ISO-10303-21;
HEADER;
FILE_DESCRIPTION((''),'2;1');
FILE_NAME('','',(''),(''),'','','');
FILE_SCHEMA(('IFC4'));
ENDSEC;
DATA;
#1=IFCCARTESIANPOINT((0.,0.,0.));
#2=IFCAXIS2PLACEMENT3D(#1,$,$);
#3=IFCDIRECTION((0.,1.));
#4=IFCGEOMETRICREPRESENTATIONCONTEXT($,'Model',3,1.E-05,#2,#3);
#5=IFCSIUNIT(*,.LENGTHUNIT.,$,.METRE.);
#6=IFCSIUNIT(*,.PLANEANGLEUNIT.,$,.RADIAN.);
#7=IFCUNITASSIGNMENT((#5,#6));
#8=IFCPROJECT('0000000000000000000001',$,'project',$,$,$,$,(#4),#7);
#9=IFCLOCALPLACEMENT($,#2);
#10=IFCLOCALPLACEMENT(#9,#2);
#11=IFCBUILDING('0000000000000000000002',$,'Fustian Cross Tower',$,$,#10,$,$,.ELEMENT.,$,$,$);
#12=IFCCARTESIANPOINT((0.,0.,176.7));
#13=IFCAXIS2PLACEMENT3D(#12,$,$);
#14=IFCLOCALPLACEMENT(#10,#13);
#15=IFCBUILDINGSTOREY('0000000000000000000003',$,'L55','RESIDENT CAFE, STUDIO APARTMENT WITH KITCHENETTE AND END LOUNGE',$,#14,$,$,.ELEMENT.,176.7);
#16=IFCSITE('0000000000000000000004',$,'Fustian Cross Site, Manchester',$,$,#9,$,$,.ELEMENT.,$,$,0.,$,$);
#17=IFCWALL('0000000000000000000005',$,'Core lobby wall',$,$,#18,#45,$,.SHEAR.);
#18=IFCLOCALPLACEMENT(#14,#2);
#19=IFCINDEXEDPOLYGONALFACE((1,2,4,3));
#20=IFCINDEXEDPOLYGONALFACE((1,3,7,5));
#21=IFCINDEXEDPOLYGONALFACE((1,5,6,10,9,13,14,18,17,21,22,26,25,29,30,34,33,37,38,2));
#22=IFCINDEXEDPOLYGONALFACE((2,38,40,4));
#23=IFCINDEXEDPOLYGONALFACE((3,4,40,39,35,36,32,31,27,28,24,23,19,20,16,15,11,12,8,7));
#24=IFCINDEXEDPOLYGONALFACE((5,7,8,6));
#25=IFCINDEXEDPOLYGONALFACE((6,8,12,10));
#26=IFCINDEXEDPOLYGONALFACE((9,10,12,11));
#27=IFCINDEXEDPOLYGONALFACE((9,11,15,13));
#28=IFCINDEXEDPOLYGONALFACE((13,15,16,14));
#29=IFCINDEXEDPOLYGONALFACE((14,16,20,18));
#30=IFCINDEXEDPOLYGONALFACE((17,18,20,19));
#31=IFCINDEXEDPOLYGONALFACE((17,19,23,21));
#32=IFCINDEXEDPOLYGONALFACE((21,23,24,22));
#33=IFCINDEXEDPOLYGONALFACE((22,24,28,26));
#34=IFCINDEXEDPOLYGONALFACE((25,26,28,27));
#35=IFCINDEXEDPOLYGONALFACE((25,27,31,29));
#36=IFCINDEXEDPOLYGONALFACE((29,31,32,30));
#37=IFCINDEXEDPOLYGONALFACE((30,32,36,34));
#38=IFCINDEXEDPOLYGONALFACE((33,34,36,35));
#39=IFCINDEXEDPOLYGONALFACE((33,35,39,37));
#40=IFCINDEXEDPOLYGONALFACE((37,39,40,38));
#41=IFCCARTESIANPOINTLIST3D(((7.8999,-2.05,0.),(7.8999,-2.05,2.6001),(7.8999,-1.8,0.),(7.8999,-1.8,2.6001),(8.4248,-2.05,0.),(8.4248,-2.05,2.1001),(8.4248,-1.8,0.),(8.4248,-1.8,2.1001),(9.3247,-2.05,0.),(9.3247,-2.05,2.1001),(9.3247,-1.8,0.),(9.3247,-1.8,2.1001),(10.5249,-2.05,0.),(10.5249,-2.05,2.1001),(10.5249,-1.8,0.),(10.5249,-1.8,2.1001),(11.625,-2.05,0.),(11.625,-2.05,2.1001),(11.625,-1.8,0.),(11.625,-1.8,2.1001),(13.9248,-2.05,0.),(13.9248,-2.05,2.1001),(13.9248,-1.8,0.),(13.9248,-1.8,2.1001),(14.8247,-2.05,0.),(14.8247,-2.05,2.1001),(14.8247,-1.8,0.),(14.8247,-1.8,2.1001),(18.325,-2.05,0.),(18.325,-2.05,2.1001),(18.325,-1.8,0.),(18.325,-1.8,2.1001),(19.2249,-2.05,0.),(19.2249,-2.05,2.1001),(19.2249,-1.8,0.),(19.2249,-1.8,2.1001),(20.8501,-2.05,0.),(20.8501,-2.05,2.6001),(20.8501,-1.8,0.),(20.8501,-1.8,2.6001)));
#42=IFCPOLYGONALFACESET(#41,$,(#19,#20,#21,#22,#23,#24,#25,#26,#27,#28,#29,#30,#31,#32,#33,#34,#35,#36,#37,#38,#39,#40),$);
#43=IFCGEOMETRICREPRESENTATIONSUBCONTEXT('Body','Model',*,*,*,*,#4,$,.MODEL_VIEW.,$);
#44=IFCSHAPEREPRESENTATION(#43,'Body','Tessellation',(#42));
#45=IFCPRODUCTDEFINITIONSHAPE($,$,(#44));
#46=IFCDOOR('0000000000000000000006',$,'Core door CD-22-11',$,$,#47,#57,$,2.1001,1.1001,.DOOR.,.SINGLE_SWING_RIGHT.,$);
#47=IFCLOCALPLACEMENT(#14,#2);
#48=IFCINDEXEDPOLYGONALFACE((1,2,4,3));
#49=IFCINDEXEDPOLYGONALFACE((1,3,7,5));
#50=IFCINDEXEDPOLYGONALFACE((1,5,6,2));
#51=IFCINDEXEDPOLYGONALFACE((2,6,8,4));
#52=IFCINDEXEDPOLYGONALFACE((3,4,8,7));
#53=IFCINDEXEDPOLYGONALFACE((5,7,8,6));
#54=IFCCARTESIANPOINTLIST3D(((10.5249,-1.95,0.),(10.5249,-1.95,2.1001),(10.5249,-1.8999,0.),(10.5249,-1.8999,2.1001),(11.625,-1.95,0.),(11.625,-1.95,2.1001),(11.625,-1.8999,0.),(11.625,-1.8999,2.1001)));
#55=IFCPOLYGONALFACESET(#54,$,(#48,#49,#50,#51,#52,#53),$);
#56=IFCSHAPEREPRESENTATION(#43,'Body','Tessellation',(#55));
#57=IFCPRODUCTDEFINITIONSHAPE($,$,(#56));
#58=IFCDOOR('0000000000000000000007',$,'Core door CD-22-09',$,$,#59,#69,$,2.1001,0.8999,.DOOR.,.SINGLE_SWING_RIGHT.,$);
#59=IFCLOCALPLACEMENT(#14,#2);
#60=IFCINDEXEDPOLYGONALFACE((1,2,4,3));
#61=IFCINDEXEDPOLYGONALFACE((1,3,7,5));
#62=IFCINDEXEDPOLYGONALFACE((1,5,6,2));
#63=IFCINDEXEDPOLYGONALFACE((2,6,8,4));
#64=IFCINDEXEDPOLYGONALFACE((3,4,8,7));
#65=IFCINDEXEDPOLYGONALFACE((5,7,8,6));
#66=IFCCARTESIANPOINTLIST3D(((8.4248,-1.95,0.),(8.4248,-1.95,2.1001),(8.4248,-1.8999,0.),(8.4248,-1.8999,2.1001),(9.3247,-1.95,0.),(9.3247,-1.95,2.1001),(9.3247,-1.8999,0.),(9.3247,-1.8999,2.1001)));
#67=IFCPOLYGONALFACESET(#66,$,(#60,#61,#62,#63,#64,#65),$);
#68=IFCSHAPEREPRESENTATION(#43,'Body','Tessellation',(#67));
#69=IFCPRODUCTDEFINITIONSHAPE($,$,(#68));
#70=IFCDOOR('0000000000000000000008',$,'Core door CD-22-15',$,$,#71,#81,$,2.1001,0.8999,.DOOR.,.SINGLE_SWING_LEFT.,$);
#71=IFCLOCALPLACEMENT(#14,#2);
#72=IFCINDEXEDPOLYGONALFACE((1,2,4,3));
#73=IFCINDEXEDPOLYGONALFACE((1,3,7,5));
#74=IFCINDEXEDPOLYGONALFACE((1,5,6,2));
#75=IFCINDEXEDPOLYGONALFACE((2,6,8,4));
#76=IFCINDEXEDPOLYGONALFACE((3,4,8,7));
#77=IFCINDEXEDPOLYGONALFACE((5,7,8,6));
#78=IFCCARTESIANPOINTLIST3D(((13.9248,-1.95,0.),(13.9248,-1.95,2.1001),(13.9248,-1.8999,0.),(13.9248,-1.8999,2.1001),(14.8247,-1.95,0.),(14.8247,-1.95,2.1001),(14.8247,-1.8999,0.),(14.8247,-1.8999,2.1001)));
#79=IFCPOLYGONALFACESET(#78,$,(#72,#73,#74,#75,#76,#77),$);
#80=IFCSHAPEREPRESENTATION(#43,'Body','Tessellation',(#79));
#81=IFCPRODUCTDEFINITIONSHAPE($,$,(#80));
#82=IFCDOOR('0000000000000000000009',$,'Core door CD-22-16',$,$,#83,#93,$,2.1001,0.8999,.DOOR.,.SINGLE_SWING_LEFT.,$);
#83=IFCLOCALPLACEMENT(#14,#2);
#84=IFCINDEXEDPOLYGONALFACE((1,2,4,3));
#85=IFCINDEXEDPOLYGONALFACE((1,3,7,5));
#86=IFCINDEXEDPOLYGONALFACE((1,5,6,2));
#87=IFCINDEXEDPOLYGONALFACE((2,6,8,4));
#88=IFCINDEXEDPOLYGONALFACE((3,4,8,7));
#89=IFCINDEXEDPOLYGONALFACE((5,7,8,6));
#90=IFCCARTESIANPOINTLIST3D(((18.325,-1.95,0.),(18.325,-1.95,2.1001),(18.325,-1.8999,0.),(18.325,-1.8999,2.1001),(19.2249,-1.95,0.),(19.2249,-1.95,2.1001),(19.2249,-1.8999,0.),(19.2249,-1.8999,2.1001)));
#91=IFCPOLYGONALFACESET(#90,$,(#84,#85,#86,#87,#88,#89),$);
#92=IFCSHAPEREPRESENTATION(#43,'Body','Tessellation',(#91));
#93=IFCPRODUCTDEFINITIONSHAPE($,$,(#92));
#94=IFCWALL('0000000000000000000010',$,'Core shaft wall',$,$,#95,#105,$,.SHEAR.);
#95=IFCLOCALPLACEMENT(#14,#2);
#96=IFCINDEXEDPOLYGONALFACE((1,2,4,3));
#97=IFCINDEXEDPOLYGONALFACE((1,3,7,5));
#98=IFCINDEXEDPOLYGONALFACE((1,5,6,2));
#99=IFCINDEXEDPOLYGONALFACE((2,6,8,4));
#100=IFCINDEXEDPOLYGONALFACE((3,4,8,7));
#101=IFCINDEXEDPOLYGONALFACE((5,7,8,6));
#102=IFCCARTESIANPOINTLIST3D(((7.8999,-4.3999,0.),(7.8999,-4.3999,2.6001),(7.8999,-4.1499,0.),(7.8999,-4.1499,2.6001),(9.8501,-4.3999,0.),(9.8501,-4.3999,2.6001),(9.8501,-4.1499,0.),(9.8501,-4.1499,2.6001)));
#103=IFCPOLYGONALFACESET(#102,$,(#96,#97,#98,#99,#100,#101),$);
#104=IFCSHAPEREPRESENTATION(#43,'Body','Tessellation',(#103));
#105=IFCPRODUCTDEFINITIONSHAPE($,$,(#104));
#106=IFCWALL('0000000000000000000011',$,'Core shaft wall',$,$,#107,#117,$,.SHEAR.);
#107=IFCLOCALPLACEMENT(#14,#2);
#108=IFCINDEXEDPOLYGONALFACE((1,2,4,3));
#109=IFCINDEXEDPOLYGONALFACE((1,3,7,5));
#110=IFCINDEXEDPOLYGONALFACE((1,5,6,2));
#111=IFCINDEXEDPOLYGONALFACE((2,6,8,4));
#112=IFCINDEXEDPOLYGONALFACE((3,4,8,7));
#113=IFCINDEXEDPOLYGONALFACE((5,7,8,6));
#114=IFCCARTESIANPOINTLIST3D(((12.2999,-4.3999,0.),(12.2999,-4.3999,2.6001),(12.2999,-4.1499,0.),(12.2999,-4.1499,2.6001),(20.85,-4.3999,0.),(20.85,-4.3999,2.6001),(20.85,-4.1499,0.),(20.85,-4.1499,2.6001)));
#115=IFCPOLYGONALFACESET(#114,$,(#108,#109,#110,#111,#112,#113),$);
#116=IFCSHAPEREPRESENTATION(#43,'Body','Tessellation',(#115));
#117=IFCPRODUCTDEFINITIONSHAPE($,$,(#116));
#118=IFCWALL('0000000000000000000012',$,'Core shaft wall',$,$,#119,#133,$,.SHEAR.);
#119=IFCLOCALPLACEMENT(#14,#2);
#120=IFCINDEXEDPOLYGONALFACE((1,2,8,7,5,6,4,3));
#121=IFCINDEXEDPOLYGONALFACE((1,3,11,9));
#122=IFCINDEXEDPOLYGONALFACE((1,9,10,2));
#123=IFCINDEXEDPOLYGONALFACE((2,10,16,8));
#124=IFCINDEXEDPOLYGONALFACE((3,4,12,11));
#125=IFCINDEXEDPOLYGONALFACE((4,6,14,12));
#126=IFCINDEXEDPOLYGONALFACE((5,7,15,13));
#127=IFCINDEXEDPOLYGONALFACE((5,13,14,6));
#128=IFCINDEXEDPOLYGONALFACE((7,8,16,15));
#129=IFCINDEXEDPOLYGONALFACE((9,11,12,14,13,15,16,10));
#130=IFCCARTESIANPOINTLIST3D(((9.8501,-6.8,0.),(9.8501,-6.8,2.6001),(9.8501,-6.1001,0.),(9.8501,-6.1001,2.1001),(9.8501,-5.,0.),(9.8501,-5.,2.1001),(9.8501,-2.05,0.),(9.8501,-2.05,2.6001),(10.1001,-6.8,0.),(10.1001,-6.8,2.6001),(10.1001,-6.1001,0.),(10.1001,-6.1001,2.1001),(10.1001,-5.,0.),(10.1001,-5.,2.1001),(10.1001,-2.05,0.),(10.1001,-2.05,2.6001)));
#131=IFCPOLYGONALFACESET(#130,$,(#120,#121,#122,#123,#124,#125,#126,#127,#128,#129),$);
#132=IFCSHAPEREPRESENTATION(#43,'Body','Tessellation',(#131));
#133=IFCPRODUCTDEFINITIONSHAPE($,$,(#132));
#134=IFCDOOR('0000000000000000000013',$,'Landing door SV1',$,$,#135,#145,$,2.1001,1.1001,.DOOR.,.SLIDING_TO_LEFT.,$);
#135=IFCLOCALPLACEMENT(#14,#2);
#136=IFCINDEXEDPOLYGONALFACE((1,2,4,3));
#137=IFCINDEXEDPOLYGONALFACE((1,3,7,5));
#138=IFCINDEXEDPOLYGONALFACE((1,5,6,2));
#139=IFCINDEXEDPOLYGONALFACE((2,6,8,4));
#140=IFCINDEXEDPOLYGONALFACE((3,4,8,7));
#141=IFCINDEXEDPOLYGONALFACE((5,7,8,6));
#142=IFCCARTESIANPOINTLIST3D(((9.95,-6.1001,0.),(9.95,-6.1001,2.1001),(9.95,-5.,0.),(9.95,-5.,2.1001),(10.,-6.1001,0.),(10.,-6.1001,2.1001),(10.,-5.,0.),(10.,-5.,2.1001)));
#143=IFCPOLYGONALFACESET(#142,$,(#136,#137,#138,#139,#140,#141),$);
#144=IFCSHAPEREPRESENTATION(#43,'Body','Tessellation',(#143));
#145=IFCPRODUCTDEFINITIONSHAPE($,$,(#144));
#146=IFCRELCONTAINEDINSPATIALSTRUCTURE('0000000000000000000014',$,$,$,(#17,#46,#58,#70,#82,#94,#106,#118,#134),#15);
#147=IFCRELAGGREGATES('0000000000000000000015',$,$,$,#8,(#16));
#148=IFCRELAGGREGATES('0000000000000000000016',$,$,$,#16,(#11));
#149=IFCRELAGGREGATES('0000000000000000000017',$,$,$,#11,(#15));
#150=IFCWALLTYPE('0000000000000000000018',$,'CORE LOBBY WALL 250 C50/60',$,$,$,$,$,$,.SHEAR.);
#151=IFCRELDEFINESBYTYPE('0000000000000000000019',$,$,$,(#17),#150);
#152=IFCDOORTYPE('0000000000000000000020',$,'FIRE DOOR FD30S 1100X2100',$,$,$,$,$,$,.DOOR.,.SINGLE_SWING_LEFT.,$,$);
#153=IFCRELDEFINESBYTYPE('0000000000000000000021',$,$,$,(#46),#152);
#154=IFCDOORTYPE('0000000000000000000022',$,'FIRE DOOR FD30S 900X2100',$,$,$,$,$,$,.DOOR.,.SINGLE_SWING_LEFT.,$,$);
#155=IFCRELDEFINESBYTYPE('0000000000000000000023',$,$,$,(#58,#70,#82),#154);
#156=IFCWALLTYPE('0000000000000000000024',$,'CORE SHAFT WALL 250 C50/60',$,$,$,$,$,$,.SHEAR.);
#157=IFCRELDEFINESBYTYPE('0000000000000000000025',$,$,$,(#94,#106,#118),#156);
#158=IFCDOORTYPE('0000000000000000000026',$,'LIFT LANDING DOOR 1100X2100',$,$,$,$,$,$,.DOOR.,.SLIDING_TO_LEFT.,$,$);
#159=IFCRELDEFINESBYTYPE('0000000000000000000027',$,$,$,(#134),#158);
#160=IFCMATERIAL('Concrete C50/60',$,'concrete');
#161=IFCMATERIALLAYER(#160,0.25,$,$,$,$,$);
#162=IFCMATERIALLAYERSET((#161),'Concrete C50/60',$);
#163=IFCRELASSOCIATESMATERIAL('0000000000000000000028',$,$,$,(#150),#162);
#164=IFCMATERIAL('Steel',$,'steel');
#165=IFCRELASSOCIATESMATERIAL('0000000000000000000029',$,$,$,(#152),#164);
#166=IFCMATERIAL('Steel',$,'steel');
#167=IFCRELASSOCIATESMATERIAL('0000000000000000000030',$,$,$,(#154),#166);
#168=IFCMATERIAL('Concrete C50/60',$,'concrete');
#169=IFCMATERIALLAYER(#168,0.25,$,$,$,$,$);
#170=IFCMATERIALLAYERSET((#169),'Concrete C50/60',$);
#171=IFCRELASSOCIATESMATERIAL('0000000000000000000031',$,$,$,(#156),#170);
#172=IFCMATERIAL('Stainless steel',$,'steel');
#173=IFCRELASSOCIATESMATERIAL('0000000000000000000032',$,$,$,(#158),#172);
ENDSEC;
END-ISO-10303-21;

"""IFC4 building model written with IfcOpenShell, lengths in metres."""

from ifc_helpers import new_model, si_unit, direction, frame, frame_2d, origin, place, context, subcontext, project, spatial, rectangle, extrude, material, layer, layer_set, type_object, element, fill, save


model = new_model("IFC4")

# Units and contexts
model_context = context("Model", 3, precision=1e-05, world=origin(), true_north=direction((0.0, 1.0)))
body_context = subcontext(model_context, "Body", "Model", "MODEL_VIEW")
ifc_project = project(units=[si_unit("LENGTHUNIT", "METRE"), si_unit("PLANEANGLEUNIT", "RADIAN")], contexts=[model_context])

# Site, building, storey
site_placement = place(None, origin())
site = spatial("IfcSite", under=ifc_project, at=site_placement, Name="Fustian Cross Site, Manchester", CompositionType="ELEMENT", RefElevation=0.0)
building_placement = place(site_placement, origin())
building = spatial("IfcBuilding", under=site, at=building_placement, Name="Fustian Cross Tower", CompositionType="ELEMENT")
storey_placement = place(building_placement, frame((0.0, 0.0, 176.7)))
storey = spatial("IfcBuildingStorey", under=building, at=storey_placement, Name="L55", Description="RESIDENT CAFE, STUDIO APARTMENT WITH KITCHENETTE AND END LOUNGE", CompositionType="ELEMENT", Elevation=176.7)

# Wall, openings, doors
ifc_material_1 = material(Name="Concrete C50/60", Category="concrete")
ifc_layer_1 = layer(ifc_material_1, 0.25)
ifc_layer_set_1 = layer_set([ifc_layer_1], Name="Concrete C50/60")
wall_type_1 = type_object("IfcWallType", Name="CORE LOBBY WALL 250 C50/60", PredefinedType="SHEAR", material=ifc_layer_set_1)
wall_1_placement = place(storey_placement, frame((7.8999, -1.925, 0.0), z_axis=(0.0, 0.0, 1.0), x_axis=(1.0, 0.0, 0.0)))
wall_1 = element("IfcWall", 1, at=wall_1_placement, inside=storey, type_object=wall_type_1, Name="Core lobby wall", PredefinedType="SHEAR", context=body_context, shape_type="SweptSolid", body=[
    extrude(rectangle(XDim=12.9502, YDim=0.25, at=frame_2d((6.4751, 0.0))), origin(), (0.0, 0.0, 1.0), 2.6001),
])
opening_1_placement = place(wall_1_placement, frame((0.5249, 0.0, 0.0)))
opening_1 = element("IfcOpeningElement", 2, at=opening_1_placement, cuts=wall_1, PredefinedType="OPENING", context=body_context, shape_type="SweptSolid", body=[
    extrude(rectangle(XDim=0.8999, YDim=2.1001, at=frame_2d((0.45, 1.05))), frame((0.0, 0.135, 0.0), z_axis=(0.0, -1.0, 0.0), x_axis=(1.0, 0.0, 0.0)), (0.0, 0.0, 1.0), 0.27),
])
opening_2_placement = place(wall_1_placement, frame((2.625, 0.0, 0.0)))
opening_2 = element("IfcOpeningElement", 3, at=opening_2_placement, cuts=wall_1, PredefinedType="OPENING", context=body_context, shape_type="SweptSolid", body=[
    extrude(rectangle(XDim=1.1001, YDim=2.1001, at=frame_2d((0.55, 1.05))), frame((0.0, 0.135, 0.0), z_axis=(0.0, -1.0, 0.0), x_axis=(1.0, 0.0, 0.0)), (0.0, 0.0, 1.0), 0.27),
])
opening_3_placement = place(wall_1_placement, frame((6.0249, 0.0, 0.0)))
opening_3 = element("IfcOpeningElement", 4, at=opening_3_placement, cuts=wall_1, PredefinedType="OPENING", context=body_context, shape_type="SweptSolid", body=[
    extrude(rectangle(XDim=0.8999, YDim=2.1001, at=frame_2d((0.45, 1.05))), frame((0.0, 0.135, 0.0), z_axis=(0.0, -1.0, 0.0), x_axis=(1.0, 0.0, 0.0)), (0.0, 0.0, 1.0), 0.27),
])
opening_4_placement = place(wall_1_placement, frame((10.425, 0.0, 0.0)))
opening_4 = element("IfcOpeningElement", 5, at=opening_4_placement, cuts=wall_1, PredefinedType="OPENING", context=body_context, shape_type="SweptSolid", body=[
    extrude(rectangle(XDim=0.8999, YDim=2.1001, at=frame_2d((0.45, 1.05))), frame((0.0, 0.135, 0.0), z_axis=(0.0, -1.0, 0.0), x_axis=(1.0, 0.0, 0.0)), (0.0, 0.0, 1.0), 0.27),
])
ifc_material_2 = material(Name="Steel", Category="steel")
door_type_1 = type_object("IfcDoorType", Name="FIRE DOOR FD30S 1100X2100", OperationType="SINGLE_SWING_LEFT", PredefinedType="DOOR", material=ifc_material_2)
door_1_placement = place(opening_2_placement, frame((1.1001, 0.0, 0.0), z_axis=(0.0, 0.0, 1.0), x_axis=(-1.0, 0.0, 0.0)))
door_1 = element("IfcDoor", 6, at=door_1_placement, inside=storey, type_object=door_type_1, Name="Core door CD-22-11", OperationType="SINGLE_SWING_RIGHT", OverallHeight=2.1001, OverallWidth=1.1001, PredefinedType="DOOR", context=body_context, shape_type="SweptSolid", body=[
    extrude(rectangle(XDim=1.1001, YDim=2.1001, at=frame_2d((0.55, 1.05))), frame((0.0, 0.0249, 0.0), z_axis=(0.0, -1.0, 0.0), x_axis=(1.0, 0.0, 0.0)), (0.0, 0.0, 1.0), 0.05),
])
fill(opening_2, door_1)
ifc_material_3 = material(Name="Steel", Category="steel")
door_type_2 = type_object("IfcDoorType", Name="FIRE DOOR FD30S 900X2100", OperationType="SINGLE_SWING_LEFT", PredefinedType="DOOR", material=ifc_material_3)
door_2_placement = place(opening_1_placement, frame((0.8999, 0.0, 0.0), z_axis=(0.0, 0.0, 1.0), x_axis=(-1.0, 0.0, 0.0)))
door_2 = element("IfcDoor", 7, at=door_2_placement, inside=storey, type_object=door_type_2, Name="Core door CD-22-09", OperationType="SINGLE_SWING_RIGHT", OverallHeight=2.1001, OverallWidth=0.8999, PredefinedType="DOOR", context=body_context, shape_type="SweptSolid", body=[
    extrude(rectangle(XDim=0.8999, YDim=2.1001, at=frame_2d((0.45, 1.05))), frame((0.0, 0.0249, 0.0), z_axis=(0.0, -1.0, 0.0), x_axis=(1.0, 0.0, 0.0)), (0.0, 0.0, 1.0), 0.05),
])
fill(opening_1, door_2)
door_3_placement = place(opening_3_placement, frame((0.8999, 0.0, 0.0), z_axis=(0.0, 0.0, 1.0), x_axis=(-1.0, 0.0, 0.0)))
door_3 = element("IfcDoor", 8, at=door_3_placement, inside=storey, type_object=door_type_2, Name="Core door CD-22-15", OperationType="SINGLE_SWING_LEFT", OverallHeight=2.1001, OverallWidth=0.8999, PredefinedType="DOOR", context=body_context, shape_type="SweptSolid", body=[
    extrude(rectangle(XDim=0.8999, YDim=2.1001, at=frame_2d((0.45, 1.05))), frame((0.0, 0.0249, 0.0), z_axis=(0.0, -1.0, 0.0), x_axis=(1.0, 0.0, 0.0)), (0.0, 0.0, 1.0), 0.05),
])
fill(opening_3, door_3)
door_4_placement = place(opening_4_placement, frame((0.8999, 0.0, 0.0), z_axis=(0.0, 0.0, 1.0), x_axis=(-1.0, 0.0, 0.0)))
door_4 = element("IfcDoor", 9, at=door_4_placement, inside=storey, type_object=door_type_2, Name="Core door CD-22-16", OperationType="SINGLE_SWING_LEFT", OverallHeight=2.1001, OverallWidth=0.8999, PredefinedType="DOOR", context=body_context, shape_type="SweptSolid", body=[
    extrude(rectangle(XDim=0.8999, YDim=2.1001, at=frame_2d((0.45, 1.05))), frame((0.0, 0.0249, 0.0), z_axis=(0.0, -1.0, 0.0), x_axis=(1.0, 0.0, 0.0)), (0.0, 0.0, 1.0), 0.05),
])
fill(opening_4, door_4)

# Walls
ifc_material_4 = material(Name="Concrete C50/60", Category="concrete")
ifc_layer_2 = layer(ifc_material_4, 0.25)
ifc_layer_set_2 = layer_set([ifc_layer_2], Name="Concrete C50/60")
wall_type_2 = type_object("IfcWallType", Name="CORE SHAFT WALL 250 C50/60", PredefinedType="SHEAR", material=ifc_layer_set_2)
wall_2_placement = place(storey_placement, frame((7.8999, -4.2749, 0.0), z_axis=(0.0, 0.0, 1.0), x_axis=(1.0, 0.0, 0.0)))
element("IfcWall", 10, at=wall_2_placement, inside=storey, type_object=wall_type_2, Name="Core shaft wall", PredefinedType="SHEAR", context=body_context, shape_type="SweptSolid", body=[
    extrude(rectangle(XDim=1.9502, YDim=0.25, at=frame_2d((0.9751, 0.0))), origin(), (0.0, 0.0, 1.0), 2.6001),
])
wall_3_placement = place(storey_placement, frame((12.3, -4.2749, 0.0), z_axis=(0.0, 0.0, 1.0), x_axis=(1.0, 0.0, 0.0)))
element("IfcWall", 11, at=wall_3_placement, inside=storey, type_object=wall_type_2, Name="Core shaft wall", PredefinedType="SHEAR", context=body_context, shape_type="SweptSolid", body=[
    extrude(rectangle(XDim=8.55, YDim=0.25, at=frame_2d((4.2749, 0.0))), origin(), (0.0, 0.0, 1.0), 2.6001),
])

# Wall, opening, door
wall_4_placement = place(storey_placement, frame((9.9751, -2.05, 0.0), z_axis=(0.0, 0.0, 1.0), x_axis=(0.0, -1.0, 0.0)))
wall_4 = element("IfcWall", 12, at=wall_4_placement, inside=storey, type_object=wall_type_2, Name="Core shaft wall", PredefinedType="SHEAR", context=body_context, shape_type="SweptSolid", body=[
    extrude(rectangle(XDim=4.75, YDim=0.25, at=frame_2d((2.375, 0.0))), origin(), (0.0, 0.0, 1.0), 2.6001),
])
opening_5_placement = place(wall_4_placement, frame((2.95, 0.0, 0.0)))
opening_5 = element("IfcOpeningElement", 13, at=opening_5_placement, cuts=wall_4, PredefinedType="OPENING", context=body_context, shape_type="SweptSolid", body=[
    extrude(rectangle(XDim=1.1001, YDim=2.1001, at=frame_2d((0.55, 1.05))), frame((0.0, 0.135, 0.0), z_axis=(0.0, -1.0, 0.0), x_axis=(1.0, 0.0, 0.0)), (0.0, 0.0, 1.0), 0.27),
])
ifc_material_5 = material(Name="Stainless steel", Category="steel")
door_type_3 = type_object("IfcDoorType", Name="LIFT LANDING DOOR 1100X2100", OperationType="SLIDING_TO_LEFT", PredefinedType="DOOR", material=ifc_material_5)
door_5_placement = place(opening_5_placement, origin())
door_5 = element("IfcDoor", 14, at=door_5_placement, inside=storey, type_object=door_type_3, Name="Landing door SV1", OperationType="SLIDING_TO_LEFT", OverallHeight=2.1001, OverallWidth=1.1001, PredefinedType="DOOR", context=body_context, shape_type="SweptSolid", body=[
    extrude(rectangle(XDim=1.1001, YDim=2.1001, at=frame_2d((0.55, 1.05))), frame((0.0, 0.0249, 0.0), z_axis=(0.0, -1.0, 0.0), x_axis=(1.0, 0.0, 0.0)), (0.0, 0.0, 1.0), 0.05),
])
fill(opening_5, door_5)

save(model, "model.ifc")
